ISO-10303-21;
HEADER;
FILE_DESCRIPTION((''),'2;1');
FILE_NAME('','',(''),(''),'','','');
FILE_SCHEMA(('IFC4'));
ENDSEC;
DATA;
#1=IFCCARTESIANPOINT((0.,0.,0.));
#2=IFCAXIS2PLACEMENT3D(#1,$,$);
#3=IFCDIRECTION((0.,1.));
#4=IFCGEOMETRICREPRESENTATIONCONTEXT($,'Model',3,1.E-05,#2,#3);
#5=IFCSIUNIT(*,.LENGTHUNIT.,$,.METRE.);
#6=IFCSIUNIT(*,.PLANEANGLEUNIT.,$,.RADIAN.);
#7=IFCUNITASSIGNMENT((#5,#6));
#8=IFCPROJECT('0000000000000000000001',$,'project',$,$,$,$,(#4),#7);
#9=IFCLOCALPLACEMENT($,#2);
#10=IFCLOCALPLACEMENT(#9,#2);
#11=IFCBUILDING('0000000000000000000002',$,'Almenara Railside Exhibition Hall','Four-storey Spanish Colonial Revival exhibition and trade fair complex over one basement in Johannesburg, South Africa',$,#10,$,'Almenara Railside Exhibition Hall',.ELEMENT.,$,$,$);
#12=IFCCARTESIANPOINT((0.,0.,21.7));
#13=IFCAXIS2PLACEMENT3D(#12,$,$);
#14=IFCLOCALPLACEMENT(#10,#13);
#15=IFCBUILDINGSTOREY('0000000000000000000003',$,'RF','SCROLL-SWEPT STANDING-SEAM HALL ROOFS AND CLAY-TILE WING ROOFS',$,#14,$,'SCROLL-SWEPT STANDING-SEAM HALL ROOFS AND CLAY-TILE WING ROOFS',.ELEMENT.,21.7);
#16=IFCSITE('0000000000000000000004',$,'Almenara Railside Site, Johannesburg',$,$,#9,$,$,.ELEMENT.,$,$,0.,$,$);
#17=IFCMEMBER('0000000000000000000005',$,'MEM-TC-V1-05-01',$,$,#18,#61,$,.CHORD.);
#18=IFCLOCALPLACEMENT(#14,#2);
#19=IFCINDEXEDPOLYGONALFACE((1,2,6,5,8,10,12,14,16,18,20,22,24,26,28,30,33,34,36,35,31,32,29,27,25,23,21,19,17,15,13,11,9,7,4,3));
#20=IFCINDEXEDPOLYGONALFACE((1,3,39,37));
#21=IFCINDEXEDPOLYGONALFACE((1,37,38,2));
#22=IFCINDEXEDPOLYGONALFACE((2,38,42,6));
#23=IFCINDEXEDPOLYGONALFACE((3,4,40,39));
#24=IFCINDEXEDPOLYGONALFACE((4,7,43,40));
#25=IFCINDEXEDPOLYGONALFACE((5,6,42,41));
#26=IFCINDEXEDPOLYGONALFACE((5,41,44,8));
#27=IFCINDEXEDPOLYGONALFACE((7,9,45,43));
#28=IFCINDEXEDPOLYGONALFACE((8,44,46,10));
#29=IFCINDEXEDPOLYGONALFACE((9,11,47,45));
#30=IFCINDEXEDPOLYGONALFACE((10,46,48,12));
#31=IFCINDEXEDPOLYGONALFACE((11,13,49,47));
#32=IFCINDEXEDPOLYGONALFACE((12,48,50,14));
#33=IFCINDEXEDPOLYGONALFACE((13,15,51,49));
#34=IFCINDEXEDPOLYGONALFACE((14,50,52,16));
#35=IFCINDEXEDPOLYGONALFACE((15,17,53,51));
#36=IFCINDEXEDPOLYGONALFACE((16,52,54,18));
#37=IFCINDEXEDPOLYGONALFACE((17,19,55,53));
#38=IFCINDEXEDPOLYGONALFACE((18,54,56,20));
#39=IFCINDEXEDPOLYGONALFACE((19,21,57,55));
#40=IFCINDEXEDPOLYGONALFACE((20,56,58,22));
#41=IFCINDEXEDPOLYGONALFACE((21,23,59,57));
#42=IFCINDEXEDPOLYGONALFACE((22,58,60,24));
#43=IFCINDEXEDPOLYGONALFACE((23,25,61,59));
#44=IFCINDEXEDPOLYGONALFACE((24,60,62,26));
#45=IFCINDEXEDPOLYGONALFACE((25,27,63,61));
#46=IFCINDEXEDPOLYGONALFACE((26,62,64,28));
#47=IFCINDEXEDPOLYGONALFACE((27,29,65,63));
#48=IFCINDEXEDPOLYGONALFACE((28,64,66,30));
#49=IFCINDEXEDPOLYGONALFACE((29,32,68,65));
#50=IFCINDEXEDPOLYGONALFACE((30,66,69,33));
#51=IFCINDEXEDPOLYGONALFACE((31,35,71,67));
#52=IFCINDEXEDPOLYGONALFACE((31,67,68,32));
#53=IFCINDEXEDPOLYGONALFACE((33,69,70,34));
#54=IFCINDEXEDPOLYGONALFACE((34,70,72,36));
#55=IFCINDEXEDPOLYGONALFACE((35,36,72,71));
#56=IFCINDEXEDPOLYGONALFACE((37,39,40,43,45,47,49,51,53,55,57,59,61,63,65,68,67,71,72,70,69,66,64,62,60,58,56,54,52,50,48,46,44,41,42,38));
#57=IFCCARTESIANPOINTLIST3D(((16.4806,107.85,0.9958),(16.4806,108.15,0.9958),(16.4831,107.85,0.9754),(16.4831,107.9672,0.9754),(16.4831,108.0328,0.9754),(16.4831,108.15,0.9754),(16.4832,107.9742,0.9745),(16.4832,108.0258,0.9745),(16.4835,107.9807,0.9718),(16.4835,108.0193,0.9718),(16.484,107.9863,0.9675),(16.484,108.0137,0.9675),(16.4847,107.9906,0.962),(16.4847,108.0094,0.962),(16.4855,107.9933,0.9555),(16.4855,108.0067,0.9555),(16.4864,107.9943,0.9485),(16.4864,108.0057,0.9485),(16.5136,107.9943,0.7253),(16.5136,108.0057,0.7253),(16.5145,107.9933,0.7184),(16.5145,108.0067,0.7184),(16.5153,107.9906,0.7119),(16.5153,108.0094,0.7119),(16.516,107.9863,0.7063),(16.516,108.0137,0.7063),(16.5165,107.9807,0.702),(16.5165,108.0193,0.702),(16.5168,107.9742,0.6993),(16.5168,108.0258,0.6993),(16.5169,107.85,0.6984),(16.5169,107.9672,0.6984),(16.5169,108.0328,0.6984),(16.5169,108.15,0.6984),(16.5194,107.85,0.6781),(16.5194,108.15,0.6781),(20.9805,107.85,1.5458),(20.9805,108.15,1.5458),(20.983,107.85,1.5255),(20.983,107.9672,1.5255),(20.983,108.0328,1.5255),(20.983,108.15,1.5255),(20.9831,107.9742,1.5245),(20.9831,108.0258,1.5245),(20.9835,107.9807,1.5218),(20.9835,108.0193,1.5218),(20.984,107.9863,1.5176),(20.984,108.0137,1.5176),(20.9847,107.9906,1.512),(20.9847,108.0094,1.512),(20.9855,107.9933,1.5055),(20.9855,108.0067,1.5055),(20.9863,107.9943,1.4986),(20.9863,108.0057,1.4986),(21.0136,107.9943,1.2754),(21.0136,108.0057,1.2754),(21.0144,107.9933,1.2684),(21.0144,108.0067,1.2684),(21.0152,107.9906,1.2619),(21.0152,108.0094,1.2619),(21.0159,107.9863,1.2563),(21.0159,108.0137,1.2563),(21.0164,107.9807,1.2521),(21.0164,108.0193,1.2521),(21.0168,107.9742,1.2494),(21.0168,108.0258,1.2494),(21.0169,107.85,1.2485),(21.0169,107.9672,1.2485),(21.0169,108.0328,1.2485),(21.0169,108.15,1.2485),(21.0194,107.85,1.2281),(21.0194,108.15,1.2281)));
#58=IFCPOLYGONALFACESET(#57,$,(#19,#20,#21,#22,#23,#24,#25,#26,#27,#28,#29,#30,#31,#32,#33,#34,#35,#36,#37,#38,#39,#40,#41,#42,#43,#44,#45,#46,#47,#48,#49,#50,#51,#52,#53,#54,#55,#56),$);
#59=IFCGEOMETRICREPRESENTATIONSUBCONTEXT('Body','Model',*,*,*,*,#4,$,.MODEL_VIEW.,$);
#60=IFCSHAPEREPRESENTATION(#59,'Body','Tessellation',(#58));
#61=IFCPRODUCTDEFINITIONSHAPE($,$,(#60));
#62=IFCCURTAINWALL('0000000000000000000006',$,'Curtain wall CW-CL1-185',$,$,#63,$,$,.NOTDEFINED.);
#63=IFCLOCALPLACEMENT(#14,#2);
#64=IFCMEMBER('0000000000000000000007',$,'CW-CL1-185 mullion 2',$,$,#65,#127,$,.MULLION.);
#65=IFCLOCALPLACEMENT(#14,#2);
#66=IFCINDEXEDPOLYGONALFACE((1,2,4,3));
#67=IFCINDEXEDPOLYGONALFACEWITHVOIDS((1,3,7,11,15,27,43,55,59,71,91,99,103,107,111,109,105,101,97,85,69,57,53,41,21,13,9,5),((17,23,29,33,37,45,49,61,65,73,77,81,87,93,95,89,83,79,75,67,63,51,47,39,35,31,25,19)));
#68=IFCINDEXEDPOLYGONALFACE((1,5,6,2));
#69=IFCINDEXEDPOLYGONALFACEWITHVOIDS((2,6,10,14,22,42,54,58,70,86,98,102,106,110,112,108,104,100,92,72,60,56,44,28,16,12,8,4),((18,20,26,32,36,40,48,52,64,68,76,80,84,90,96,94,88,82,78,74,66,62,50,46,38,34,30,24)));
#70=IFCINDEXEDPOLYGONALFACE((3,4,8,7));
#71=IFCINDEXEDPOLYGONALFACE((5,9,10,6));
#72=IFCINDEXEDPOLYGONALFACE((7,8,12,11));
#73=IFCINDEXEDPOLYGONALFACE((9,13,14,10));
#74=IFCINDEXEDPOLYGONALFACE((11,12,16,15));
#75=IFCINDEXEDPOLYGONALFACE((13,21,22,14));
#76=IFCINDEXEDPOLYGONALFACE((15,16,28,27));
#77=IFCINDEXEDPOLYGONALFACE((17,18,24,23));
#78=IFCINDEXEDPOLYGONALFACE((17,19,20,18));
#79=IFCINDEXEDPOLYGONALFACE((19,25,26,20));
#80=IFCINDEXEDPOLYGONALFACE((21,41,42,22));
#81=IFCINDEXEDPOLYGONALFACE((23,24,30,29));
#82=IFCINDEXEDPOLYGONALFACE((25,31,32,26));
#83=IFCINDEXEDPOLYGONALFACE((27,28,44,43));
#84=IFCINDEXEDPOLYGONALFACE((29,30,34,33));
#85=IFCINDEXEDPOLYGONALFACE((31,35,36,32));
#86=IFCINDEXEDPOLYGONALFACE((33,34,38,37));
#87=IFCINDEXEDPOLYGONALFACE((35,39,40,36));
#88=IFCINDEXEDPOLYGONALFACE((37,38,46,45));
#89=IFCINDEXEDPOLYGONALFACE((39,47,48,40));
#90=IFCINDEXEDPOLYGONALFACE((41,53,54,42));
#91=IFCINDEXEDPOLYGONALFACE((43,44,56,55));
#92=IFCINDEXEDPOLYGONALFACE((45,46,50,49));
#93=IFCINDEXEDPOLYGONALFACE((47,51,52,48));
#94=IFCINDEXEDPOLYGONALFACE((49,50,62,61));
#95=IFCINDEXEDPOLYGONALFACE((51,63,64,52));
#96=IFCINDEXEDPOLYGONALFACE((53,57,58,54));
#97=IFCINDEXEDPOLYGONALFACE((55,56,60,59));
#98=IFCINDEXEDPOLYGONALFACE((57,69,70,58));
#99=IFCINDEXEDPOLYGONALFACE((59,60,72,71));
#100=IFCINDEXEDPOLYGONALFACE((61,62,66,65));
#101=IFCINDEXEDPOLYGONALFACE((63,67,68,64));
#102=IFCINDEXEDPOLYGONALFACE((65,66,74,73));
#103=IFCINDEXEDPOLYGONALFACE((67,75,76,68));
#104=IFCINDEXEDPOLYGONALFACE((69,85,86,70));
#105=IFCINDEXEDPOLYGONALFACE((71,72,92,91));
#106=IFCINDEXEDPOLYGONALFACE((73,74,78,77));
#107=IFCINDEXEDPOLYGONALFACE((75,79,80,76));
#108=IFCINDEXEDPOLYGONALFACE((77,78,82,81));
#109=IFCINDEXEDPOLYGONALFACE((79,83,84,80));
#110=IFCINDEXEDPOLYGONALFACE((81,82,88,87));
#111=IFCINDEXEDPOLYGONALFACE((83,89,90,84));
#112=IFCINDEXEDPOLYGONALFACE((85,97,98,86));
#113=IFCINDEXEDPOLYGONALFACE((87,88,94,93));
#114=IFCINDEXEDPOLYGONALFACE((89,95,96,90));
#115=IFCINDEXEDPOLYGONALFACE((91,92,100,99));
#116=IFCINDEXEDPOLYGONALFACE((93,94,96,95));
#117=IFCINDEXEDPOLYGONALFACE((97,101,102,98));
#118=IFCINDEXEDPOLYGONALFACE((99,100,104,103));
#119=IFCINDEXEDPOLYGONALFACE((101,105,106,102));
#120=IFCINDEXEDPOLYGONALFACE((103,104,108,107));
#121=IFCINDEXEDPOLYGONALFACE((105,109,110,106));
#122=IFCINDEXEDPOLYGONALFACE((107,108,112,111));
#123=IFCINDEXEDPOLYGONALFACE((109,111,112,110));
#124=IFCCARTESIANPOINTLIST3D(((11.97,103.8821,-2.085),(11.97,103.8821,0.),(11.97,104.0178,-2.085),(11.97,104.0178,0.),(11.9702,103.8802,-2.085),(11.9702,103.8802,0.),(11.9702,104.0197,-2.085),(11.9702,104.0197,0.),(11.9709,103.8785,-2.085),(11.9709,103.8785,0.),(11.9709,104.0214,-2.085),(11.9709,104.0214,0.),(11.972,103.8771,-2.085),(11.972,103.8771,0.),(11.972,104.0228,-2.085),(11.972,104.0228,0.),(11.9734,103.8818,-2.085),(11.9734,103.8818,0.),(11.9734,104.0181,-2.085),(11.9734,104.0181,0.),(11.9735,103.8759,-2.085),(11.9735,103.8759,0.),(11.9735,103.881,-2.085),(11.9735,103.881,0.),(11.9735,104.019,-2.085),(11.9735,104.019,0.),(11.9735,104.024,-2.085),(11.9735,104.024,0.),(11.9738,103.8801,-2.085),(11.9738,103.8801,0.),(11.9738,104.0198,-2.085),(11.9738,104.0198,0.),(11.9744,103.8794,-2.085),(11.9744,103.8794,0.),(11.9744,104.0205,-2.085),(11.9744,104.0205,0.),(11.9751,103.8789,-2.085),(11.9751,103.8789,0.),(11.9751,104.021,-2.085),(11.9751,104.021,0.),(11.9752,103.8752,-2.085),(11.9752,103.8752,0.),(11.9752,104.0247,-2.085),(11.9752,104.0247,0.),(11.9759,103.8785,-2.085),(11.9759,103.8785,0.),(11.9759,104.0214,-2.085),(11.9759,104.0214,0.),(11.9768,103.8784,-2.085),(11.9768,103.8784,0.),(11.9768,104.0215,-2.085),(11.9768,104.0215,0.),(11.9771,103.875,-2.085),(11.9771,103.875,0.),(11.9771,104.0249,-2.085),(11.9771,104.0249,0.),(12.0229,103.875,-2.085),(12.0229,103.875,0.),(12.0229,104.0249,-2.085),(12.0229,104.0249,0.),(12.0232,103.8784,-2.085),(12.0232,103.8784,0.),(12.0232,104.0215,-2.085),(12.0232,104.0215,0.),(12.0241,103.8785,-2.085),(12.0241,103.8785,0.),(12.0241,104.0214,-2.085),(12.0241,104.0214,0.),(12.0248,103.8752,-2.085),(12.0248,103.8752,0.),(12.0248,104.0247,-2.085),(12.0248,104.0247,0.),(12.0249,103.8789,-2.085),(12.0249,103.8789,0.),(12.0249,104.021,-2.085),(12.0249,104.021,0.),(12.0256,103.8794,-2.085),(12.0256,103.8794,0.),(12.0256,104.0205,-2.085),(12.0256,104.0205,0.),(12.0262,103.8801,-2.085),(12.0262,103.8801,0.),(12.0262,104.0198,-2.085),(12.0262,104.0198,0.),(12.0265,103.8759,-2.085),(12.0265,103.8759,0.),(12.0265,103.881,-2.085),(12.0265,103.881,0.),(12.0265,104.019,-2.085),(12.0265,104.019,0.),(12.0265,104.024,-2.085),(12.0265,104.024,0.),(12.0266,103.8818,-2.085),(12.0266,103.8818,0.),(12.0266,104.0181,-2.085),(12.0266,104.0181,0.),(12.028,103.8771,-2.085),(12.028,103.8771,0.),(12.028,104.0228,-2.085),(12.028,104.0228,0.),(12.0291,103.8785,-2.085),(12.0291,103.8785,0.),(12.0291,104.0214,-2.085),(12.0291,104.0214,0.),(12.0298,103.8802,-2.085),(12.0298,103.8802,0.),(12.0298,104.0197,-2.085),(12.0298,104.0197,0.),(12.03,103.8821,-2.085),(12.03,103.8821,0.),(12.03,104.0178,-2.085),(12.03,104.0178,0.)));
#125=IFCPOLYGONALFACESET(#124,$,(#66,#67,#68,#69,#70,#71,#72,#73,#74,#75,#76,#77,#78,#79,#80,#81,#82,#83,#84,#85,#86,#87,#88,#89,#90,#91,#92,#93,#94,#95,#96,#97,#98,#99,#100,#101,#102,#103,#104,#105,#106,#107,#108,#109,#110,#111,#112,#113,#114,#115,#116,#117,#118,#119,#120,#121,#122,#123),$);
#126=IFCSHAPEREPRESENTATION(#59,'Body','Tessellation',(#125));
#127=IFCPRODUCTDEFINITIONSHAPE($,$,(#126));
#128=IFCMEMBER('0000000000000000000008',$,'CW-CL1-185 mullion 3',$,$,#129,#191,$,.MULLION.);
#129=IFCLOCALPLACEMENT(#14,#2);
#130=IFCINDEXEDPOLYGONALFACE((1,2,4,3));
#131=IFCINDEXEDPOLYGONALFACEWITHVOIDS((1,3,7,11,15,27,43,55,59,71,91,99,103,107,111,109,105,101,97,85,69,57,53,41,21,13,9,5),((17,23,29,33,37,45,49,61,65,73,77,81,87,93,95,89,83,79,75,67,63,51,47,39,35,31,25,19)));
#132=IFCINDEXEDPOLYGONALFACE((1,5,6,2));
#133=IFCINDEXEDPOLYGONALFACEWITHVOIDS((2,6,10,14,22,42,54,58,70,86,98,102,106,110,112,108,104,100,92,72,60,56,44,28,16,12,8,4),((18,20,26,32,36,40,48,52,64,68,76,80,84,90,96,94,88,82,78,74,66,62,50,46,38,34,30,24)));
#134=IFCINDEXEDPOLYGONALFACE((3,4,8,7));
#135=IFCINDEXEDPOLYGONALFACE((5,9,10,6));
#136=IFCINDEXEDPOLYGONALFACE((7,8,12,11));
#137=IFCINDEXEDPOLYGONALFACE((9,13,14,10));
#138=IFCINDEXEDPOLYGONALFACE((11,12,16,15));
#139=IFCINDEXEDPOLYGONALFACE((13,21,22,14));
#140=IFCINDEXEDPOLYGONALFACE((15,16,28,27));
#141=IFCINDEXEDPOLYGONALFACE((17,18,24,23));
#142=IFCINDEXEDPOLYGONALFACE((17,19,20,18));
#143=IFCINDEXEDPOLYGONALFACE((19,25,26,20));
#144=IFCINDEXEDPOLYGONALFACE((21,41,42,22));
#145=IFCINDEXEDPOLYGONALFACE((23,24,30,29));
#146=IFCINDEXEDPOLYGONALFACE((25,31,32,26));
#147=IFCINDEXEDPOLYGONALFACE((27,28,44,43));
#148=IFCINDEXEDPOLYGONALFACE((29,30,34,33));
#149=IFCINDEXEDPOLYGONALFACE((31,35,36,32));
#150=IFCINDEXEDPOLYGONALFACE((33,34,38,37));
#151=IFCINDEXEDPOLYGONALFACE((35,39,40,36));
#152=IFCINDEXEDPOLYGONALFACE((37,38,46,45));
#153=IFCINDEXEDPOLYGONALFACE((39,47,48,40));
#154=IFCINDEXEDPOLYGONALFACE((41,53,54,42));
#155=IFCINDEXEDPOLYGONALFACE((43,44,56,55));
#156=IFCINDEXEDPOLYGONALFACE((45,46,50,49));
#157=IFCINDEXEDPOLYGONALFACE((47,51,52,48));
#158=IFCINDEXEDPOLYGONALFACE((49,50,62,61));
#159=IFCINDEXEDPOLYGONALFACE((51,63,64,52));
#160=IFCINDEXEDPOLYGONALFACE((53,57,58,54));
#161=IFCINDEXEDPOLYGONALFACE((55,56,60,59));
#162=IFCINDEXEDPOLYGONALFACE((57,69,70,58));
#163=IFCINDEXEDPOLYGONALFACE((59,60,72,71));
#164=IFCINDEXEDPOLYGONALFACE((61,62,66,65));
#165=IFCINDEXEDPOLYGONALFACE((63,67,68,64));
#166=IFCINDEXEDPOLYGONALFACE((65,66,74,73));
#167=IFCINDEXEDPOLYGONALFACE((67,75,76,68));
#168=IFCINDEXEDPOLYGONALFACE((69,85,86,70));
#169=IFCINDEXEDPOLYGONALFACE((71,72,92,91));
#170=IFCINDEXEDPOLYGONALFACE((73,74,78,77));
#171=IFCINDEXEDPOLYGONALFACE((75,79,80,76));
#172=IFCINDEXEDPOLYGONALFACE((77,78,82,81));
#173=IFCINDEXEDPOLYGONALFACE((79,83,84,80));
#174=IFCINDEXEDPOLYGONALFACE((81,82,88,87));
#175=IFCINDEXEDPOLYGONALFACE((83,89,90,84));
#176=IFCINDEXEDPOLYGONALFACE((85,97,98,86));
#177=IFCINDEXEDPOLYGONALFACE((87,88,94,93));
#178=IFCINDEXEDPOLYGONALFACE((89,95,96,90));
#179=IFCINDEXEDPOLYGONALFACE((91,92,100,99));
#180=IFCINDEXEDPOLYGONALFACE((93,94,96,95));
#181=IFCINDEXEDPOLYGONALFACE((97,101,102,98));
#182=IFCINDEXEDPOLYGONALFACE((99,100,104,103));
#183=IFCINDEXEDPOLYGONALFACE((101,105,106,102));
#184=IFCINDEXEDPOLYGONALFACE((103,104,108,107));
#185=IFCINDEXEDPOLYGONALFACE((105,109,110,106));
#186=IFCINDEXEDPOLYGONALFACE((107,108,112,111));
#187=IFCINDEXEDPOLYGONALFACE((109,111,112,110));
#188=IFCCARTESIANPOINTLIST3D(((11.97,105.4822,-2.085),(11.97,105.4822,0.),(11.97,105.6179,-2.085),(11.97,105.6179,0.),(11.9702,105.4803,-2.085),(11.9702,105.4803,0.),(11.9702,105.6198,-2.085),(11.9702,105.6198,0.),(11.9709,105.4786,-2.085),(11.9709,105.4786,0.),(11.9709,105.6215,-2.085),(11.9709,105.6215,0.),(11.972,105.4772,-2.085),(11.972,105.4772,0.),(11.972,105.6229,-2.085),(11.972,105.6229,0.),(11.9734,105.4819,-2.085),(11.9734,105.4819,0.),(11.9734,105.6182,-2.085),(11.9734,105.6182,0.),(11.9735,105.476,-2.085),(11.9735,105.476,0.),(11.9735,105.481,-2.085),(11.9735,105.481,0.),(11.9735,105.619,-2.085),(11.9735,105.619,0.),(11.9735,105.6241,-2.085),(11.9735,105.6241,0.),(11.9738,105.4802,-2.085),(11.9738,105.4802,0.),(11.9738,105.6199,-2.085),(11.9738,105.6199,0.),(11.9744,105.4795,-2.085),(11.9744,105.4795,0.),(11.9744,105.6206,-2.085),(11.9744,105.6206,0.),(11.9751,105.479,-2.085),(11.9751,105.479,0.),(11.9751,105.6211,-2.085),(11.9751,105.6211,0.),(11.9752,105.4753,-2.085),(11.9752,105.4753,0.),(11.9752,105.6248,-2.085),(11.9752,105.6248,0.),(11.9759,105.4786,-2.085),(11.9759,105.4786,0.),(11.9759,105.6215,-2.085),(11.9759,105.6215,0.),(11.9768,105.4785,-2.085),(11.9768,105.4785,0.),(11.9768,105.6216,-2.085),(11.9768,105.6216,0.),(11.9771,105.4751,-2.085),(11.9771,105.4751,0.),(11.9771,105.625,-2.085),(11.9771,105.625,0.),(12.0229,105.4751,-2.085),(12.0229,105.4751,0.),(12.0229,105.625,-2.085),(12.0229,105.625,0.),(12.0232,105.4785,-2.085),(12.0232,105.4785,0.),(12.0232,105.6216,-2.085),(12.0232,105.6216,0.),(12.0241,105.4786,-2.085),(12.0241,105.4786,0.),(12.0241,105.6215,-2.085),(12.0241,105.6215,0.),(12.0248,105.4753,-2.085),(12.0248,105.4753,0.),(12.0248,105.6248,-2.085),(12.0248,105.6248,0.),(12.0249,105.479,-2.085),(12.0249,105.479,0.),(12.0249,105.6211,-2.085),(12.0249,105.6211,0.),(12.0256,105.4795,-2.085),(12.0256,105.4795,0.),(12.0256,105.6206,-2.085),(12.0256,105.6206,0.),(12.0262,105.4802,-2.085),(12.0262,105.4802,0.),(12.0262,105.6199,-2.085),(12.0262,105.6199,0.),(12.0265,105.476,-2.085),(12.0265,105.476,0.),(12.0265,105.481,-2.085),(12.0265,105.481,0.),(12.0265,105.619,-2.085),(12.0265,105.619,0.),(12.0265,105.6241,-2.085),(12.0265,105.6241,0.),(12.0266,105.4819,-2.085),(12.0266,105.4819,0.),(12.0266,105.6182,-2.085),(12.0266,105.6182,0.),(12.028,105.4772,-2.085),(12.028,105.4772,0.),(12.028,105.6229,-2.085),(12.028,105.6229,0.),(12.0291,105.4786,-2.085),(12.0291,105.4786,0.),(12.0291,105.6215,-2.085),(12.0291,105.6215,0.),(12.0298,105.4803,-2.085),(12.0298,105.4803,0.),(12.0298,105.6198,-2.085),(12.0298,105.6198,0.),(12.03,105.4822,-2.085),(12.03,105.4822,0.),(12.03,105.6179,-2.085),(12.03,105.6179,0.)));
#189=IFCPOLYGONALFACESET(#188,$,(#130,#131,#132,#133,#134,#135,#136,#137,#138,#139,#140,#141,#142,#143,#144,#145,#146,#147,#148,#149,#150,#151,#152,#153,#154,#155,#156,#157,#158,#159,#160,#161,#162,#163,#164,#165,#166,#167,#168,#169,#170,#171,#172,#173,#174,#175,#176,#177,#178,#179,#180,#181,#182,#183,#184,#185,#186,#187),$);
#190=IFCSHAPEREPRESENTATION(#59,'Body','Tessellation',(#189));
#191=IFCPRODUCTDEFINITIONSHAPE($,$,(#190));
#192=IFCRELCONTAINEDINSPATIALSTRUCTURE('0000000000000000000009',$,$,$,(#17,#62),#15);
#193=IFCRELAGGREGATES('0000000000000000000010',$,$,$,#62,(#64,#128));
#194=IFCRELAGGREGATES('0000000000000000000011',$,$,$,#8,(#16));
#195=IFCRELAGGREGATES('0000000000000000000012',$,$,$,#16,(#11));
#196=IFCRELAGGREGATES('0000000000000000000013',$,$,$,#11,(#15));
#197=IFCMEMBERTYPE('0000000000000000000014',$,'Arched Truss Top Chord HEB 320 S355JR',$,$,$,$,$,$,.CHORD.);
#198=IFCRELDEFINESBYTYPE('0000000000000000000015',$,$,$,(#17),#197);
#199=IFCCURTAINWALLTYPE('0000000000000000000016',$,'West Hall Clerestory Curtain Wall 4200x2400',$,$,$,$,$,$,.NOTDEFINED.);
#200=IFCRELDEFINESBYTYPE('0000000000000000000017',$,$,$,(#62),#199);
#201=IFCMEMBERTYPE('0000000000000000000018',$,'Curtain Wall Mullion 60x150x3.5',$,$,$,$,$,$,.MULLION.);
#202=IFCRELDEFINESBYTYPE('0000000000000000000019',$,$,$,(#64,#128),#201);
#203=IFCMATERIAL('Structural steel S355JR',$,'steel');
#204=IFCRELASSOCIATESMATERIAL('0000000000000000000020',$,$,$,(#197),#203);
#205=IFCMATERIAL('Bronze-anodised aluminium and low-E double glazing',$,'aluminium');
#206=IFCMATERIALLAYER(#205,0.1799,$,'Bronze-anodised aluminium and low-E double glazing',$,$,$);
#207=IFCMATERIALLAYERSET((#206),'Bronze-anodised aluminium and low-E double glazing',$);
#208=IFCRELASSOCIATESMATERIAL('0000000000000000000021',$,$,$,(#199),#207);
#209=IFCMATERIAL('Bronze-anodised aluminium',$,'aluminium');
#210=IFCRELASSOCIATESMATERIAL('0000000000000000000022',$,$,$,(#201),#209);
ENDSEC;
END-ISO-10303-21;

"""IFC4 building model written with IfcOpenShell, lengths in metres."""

from ifc_helpers import new_model, si_unit, direction, frame, origin, origin_2d, place, context, subcontext, project, spatial, hollow_rectangle, i_section, extrude, material, layer, layer_set, material_profile, profile_set, type_object, element, aggregate, save


model = new_model("IFC4")

# Units and contexts
model_context = context("Model", 3, precision=1e-05, world=origin(), true_north=direction((0.0, 1.0)))
body_context = subcontext(model_context, "Body", "Model", "MODEL_VIEW")
ifc_project = project(units=[si_unit("LENGTHUNIT", "METRE"), si_unit("PLANEANGLEUNIT", "RADIAN")], contexts=[model_context])

# Site, building, storey
site_placement = place(None, origin())
site = spatial("IfcSite", under=ifc_project, at=site_placement, Name="Almenara Railside Site, Johannesburg", CompositionType="ELEMENT", RefElevation=0.0)
building_placement = place(site_placement, origin())
building = spatial("IfcBuilding", under=site, at=building_placement, Name="Almenara Railside Exhibition Hall", Description="Four-storey Spanish Colonial Revival exhibition and trade fair complex over one basement in Johannesburg, South Africa", LongName="Almenara Railside Exhibition Hall", CompositionType="ELEMENT")
storey_placement = place(building_placement, frame((0.0, 0.0, 21.7)))
storey = spatial("IfcBuildingStorey", under=building, at=storey_placement, Name="RF", Description="SCROLL-SWEPT STANDING-SEAM HALL ROOFS AND CLAY-TILE WING ROOFS", LongName="SCROLL-SWEPT STANDING-SEAM HALL ROOFS AND CLAY-TILE WING ROOFS", CompositionType="ELEMENT", Elevation=21.7)

# Shared definitions
ifc_material_1 = material(Name="Structural steel S355JR", Category="steel")

# Member
ifc_material_profile_1 = material_profile(ifc_material_1, i_section(OverallWidth=0.3, OverallDepth=0.3201, WebThickness=0.0115, FlangeThickness=0.0205, FilletRadius=0.0271, at=origin_2d()), Name="HEB 320")
ifc_profile_set_1 = profile_set([ifc_material_profile_1], Name="Structural steel S355JR")
member_type_1 = type_object("IfcMemberType", Name="Arched Truss Top Chord HEB 320 S355JR", PredefinedType="CHORD", material=ifc_profile_set_1)
member_1_placement = place(storey_placement, frame((16.5, 108.0, 0.8369), z_axis=(0.992612, 0.0, 0.12133), x_axis=(0.0, 1.0, 0.0)))
element("IfcMember", 1, at=member_1_placement, inside=storey, type_object=member_type_1, Name="MEM-TC-V1-05-01", PredefinedType="CHORD", context=body_context, shape_type="SweptSolid", body=[
    extrude(i_section(OverallWidth=0.3, OverallDepth=0.3201, WebThickness=0.0115, FlangeThickness=0.0205, FilletRadius=0.0271, at=origin_2d()), origin(), (0.0, 0.0, 1.0), 4.5334),
])

# Curtain wall, members
ifc_material_2 = material(Name="Bronze-anodised aluminium and low-E double glazing", Category="aluminium")
ifc_layer_1 = layer(ifc_material_2, 0.1799, Name="Bronze-anodised aluminium and low-E double glazing")
ifc_layer_set_1 = layer_set([ifc_layer_1], Name="Bronze-anodised aluminium and low-E double glazing")
curtain_wall_type = type_object("IfcCurtainWallType", Name="West Hall Clerestory Curtain Wall 4200x2400", PredefinedType="NOTDEFINED", material=ifc_layer_set_1)
curtain_wall_placement = place(storey_placement, origin())
curtain_wall = element("IfcCurtainWall", 2, at=curtain_wall_placement, inside=storey, type_object=curtain_wall_type, Name="Curtain wall CW-CL1-185", PredefinedType="NOTDEFINED")
ifc_material_3 = material(Name="Bronze-anodised aluminium", Category="aluminium")
ifc_material_profile_2 = material_profile(ifc_material_3, hollow_rectangle(XDim=0.0601, YDim=0.1499, WallThickness=0.0034, InnerFilletRadius=0.0034, OuterFilletRadius=0.0071, at=origin_2d()), Name="ALU-MUL 60x150x3.5")
ifc_profile_set_2 = profile_set([ifc_material_profile_2], Name="Bronze-anodised aluminium")
member_type_2 = type_object("IfcMemberType", Name="Curtain Wall Mullion 60x150x3.5", PredefinedType="MULLION", material=ifc_profile_set_2)
member_2_placement = place(storey_placement, frame((12.0, 103.95, -2.085), z_axis=(0.0, 0.0, 1.0), x_axis=(-1.0, 0.0, 0.0)))
member_2 = element("IfcMember", 3, at=member_2_placement, type_object=member_type_2, Name="CW-CL1-185 mullion 2", PredefinedType="MULLION", context=body_context, shape_type="SweptSolid", body=[
    extrude(hollow_rectangle(XDim=0.0601, YDim=0.1499, WallThickness=0.0034, InnerFilletRadius=0.0034, OuterFilletRadius=0.0071, at=origin_2d()), origin(), (0.0, 0.0, 1.0), 2.085),
])
member_3_placement = place(storey_placement, frame((12.0, 105.55, -2.085), z_axis=(0.0, 0.0, 1.0), x_axis=(-1.0, 0.0, 0.0)))
member_3 = element("IfcMember", 4, at=member_3_placement, type_object=member_type_2, Name="CW-CL1-185 mullion 3", PredefinedType="MULLION", context=body_context, shape_type="SweptSolid", body=[
    extrude(hollow_rectangle(XDim=0.0601, YDim=0.1499, WallThickness=0.0034, InnerFilletRadius=0.0034, OuterFilletRadius=0.0071, at=origin_2d()), origin(), (0.0, 0.0, 1.0), 2.085),
])

aggregate(curtain_wall, [member_2, member_3])

save(model, "model.ifc")
